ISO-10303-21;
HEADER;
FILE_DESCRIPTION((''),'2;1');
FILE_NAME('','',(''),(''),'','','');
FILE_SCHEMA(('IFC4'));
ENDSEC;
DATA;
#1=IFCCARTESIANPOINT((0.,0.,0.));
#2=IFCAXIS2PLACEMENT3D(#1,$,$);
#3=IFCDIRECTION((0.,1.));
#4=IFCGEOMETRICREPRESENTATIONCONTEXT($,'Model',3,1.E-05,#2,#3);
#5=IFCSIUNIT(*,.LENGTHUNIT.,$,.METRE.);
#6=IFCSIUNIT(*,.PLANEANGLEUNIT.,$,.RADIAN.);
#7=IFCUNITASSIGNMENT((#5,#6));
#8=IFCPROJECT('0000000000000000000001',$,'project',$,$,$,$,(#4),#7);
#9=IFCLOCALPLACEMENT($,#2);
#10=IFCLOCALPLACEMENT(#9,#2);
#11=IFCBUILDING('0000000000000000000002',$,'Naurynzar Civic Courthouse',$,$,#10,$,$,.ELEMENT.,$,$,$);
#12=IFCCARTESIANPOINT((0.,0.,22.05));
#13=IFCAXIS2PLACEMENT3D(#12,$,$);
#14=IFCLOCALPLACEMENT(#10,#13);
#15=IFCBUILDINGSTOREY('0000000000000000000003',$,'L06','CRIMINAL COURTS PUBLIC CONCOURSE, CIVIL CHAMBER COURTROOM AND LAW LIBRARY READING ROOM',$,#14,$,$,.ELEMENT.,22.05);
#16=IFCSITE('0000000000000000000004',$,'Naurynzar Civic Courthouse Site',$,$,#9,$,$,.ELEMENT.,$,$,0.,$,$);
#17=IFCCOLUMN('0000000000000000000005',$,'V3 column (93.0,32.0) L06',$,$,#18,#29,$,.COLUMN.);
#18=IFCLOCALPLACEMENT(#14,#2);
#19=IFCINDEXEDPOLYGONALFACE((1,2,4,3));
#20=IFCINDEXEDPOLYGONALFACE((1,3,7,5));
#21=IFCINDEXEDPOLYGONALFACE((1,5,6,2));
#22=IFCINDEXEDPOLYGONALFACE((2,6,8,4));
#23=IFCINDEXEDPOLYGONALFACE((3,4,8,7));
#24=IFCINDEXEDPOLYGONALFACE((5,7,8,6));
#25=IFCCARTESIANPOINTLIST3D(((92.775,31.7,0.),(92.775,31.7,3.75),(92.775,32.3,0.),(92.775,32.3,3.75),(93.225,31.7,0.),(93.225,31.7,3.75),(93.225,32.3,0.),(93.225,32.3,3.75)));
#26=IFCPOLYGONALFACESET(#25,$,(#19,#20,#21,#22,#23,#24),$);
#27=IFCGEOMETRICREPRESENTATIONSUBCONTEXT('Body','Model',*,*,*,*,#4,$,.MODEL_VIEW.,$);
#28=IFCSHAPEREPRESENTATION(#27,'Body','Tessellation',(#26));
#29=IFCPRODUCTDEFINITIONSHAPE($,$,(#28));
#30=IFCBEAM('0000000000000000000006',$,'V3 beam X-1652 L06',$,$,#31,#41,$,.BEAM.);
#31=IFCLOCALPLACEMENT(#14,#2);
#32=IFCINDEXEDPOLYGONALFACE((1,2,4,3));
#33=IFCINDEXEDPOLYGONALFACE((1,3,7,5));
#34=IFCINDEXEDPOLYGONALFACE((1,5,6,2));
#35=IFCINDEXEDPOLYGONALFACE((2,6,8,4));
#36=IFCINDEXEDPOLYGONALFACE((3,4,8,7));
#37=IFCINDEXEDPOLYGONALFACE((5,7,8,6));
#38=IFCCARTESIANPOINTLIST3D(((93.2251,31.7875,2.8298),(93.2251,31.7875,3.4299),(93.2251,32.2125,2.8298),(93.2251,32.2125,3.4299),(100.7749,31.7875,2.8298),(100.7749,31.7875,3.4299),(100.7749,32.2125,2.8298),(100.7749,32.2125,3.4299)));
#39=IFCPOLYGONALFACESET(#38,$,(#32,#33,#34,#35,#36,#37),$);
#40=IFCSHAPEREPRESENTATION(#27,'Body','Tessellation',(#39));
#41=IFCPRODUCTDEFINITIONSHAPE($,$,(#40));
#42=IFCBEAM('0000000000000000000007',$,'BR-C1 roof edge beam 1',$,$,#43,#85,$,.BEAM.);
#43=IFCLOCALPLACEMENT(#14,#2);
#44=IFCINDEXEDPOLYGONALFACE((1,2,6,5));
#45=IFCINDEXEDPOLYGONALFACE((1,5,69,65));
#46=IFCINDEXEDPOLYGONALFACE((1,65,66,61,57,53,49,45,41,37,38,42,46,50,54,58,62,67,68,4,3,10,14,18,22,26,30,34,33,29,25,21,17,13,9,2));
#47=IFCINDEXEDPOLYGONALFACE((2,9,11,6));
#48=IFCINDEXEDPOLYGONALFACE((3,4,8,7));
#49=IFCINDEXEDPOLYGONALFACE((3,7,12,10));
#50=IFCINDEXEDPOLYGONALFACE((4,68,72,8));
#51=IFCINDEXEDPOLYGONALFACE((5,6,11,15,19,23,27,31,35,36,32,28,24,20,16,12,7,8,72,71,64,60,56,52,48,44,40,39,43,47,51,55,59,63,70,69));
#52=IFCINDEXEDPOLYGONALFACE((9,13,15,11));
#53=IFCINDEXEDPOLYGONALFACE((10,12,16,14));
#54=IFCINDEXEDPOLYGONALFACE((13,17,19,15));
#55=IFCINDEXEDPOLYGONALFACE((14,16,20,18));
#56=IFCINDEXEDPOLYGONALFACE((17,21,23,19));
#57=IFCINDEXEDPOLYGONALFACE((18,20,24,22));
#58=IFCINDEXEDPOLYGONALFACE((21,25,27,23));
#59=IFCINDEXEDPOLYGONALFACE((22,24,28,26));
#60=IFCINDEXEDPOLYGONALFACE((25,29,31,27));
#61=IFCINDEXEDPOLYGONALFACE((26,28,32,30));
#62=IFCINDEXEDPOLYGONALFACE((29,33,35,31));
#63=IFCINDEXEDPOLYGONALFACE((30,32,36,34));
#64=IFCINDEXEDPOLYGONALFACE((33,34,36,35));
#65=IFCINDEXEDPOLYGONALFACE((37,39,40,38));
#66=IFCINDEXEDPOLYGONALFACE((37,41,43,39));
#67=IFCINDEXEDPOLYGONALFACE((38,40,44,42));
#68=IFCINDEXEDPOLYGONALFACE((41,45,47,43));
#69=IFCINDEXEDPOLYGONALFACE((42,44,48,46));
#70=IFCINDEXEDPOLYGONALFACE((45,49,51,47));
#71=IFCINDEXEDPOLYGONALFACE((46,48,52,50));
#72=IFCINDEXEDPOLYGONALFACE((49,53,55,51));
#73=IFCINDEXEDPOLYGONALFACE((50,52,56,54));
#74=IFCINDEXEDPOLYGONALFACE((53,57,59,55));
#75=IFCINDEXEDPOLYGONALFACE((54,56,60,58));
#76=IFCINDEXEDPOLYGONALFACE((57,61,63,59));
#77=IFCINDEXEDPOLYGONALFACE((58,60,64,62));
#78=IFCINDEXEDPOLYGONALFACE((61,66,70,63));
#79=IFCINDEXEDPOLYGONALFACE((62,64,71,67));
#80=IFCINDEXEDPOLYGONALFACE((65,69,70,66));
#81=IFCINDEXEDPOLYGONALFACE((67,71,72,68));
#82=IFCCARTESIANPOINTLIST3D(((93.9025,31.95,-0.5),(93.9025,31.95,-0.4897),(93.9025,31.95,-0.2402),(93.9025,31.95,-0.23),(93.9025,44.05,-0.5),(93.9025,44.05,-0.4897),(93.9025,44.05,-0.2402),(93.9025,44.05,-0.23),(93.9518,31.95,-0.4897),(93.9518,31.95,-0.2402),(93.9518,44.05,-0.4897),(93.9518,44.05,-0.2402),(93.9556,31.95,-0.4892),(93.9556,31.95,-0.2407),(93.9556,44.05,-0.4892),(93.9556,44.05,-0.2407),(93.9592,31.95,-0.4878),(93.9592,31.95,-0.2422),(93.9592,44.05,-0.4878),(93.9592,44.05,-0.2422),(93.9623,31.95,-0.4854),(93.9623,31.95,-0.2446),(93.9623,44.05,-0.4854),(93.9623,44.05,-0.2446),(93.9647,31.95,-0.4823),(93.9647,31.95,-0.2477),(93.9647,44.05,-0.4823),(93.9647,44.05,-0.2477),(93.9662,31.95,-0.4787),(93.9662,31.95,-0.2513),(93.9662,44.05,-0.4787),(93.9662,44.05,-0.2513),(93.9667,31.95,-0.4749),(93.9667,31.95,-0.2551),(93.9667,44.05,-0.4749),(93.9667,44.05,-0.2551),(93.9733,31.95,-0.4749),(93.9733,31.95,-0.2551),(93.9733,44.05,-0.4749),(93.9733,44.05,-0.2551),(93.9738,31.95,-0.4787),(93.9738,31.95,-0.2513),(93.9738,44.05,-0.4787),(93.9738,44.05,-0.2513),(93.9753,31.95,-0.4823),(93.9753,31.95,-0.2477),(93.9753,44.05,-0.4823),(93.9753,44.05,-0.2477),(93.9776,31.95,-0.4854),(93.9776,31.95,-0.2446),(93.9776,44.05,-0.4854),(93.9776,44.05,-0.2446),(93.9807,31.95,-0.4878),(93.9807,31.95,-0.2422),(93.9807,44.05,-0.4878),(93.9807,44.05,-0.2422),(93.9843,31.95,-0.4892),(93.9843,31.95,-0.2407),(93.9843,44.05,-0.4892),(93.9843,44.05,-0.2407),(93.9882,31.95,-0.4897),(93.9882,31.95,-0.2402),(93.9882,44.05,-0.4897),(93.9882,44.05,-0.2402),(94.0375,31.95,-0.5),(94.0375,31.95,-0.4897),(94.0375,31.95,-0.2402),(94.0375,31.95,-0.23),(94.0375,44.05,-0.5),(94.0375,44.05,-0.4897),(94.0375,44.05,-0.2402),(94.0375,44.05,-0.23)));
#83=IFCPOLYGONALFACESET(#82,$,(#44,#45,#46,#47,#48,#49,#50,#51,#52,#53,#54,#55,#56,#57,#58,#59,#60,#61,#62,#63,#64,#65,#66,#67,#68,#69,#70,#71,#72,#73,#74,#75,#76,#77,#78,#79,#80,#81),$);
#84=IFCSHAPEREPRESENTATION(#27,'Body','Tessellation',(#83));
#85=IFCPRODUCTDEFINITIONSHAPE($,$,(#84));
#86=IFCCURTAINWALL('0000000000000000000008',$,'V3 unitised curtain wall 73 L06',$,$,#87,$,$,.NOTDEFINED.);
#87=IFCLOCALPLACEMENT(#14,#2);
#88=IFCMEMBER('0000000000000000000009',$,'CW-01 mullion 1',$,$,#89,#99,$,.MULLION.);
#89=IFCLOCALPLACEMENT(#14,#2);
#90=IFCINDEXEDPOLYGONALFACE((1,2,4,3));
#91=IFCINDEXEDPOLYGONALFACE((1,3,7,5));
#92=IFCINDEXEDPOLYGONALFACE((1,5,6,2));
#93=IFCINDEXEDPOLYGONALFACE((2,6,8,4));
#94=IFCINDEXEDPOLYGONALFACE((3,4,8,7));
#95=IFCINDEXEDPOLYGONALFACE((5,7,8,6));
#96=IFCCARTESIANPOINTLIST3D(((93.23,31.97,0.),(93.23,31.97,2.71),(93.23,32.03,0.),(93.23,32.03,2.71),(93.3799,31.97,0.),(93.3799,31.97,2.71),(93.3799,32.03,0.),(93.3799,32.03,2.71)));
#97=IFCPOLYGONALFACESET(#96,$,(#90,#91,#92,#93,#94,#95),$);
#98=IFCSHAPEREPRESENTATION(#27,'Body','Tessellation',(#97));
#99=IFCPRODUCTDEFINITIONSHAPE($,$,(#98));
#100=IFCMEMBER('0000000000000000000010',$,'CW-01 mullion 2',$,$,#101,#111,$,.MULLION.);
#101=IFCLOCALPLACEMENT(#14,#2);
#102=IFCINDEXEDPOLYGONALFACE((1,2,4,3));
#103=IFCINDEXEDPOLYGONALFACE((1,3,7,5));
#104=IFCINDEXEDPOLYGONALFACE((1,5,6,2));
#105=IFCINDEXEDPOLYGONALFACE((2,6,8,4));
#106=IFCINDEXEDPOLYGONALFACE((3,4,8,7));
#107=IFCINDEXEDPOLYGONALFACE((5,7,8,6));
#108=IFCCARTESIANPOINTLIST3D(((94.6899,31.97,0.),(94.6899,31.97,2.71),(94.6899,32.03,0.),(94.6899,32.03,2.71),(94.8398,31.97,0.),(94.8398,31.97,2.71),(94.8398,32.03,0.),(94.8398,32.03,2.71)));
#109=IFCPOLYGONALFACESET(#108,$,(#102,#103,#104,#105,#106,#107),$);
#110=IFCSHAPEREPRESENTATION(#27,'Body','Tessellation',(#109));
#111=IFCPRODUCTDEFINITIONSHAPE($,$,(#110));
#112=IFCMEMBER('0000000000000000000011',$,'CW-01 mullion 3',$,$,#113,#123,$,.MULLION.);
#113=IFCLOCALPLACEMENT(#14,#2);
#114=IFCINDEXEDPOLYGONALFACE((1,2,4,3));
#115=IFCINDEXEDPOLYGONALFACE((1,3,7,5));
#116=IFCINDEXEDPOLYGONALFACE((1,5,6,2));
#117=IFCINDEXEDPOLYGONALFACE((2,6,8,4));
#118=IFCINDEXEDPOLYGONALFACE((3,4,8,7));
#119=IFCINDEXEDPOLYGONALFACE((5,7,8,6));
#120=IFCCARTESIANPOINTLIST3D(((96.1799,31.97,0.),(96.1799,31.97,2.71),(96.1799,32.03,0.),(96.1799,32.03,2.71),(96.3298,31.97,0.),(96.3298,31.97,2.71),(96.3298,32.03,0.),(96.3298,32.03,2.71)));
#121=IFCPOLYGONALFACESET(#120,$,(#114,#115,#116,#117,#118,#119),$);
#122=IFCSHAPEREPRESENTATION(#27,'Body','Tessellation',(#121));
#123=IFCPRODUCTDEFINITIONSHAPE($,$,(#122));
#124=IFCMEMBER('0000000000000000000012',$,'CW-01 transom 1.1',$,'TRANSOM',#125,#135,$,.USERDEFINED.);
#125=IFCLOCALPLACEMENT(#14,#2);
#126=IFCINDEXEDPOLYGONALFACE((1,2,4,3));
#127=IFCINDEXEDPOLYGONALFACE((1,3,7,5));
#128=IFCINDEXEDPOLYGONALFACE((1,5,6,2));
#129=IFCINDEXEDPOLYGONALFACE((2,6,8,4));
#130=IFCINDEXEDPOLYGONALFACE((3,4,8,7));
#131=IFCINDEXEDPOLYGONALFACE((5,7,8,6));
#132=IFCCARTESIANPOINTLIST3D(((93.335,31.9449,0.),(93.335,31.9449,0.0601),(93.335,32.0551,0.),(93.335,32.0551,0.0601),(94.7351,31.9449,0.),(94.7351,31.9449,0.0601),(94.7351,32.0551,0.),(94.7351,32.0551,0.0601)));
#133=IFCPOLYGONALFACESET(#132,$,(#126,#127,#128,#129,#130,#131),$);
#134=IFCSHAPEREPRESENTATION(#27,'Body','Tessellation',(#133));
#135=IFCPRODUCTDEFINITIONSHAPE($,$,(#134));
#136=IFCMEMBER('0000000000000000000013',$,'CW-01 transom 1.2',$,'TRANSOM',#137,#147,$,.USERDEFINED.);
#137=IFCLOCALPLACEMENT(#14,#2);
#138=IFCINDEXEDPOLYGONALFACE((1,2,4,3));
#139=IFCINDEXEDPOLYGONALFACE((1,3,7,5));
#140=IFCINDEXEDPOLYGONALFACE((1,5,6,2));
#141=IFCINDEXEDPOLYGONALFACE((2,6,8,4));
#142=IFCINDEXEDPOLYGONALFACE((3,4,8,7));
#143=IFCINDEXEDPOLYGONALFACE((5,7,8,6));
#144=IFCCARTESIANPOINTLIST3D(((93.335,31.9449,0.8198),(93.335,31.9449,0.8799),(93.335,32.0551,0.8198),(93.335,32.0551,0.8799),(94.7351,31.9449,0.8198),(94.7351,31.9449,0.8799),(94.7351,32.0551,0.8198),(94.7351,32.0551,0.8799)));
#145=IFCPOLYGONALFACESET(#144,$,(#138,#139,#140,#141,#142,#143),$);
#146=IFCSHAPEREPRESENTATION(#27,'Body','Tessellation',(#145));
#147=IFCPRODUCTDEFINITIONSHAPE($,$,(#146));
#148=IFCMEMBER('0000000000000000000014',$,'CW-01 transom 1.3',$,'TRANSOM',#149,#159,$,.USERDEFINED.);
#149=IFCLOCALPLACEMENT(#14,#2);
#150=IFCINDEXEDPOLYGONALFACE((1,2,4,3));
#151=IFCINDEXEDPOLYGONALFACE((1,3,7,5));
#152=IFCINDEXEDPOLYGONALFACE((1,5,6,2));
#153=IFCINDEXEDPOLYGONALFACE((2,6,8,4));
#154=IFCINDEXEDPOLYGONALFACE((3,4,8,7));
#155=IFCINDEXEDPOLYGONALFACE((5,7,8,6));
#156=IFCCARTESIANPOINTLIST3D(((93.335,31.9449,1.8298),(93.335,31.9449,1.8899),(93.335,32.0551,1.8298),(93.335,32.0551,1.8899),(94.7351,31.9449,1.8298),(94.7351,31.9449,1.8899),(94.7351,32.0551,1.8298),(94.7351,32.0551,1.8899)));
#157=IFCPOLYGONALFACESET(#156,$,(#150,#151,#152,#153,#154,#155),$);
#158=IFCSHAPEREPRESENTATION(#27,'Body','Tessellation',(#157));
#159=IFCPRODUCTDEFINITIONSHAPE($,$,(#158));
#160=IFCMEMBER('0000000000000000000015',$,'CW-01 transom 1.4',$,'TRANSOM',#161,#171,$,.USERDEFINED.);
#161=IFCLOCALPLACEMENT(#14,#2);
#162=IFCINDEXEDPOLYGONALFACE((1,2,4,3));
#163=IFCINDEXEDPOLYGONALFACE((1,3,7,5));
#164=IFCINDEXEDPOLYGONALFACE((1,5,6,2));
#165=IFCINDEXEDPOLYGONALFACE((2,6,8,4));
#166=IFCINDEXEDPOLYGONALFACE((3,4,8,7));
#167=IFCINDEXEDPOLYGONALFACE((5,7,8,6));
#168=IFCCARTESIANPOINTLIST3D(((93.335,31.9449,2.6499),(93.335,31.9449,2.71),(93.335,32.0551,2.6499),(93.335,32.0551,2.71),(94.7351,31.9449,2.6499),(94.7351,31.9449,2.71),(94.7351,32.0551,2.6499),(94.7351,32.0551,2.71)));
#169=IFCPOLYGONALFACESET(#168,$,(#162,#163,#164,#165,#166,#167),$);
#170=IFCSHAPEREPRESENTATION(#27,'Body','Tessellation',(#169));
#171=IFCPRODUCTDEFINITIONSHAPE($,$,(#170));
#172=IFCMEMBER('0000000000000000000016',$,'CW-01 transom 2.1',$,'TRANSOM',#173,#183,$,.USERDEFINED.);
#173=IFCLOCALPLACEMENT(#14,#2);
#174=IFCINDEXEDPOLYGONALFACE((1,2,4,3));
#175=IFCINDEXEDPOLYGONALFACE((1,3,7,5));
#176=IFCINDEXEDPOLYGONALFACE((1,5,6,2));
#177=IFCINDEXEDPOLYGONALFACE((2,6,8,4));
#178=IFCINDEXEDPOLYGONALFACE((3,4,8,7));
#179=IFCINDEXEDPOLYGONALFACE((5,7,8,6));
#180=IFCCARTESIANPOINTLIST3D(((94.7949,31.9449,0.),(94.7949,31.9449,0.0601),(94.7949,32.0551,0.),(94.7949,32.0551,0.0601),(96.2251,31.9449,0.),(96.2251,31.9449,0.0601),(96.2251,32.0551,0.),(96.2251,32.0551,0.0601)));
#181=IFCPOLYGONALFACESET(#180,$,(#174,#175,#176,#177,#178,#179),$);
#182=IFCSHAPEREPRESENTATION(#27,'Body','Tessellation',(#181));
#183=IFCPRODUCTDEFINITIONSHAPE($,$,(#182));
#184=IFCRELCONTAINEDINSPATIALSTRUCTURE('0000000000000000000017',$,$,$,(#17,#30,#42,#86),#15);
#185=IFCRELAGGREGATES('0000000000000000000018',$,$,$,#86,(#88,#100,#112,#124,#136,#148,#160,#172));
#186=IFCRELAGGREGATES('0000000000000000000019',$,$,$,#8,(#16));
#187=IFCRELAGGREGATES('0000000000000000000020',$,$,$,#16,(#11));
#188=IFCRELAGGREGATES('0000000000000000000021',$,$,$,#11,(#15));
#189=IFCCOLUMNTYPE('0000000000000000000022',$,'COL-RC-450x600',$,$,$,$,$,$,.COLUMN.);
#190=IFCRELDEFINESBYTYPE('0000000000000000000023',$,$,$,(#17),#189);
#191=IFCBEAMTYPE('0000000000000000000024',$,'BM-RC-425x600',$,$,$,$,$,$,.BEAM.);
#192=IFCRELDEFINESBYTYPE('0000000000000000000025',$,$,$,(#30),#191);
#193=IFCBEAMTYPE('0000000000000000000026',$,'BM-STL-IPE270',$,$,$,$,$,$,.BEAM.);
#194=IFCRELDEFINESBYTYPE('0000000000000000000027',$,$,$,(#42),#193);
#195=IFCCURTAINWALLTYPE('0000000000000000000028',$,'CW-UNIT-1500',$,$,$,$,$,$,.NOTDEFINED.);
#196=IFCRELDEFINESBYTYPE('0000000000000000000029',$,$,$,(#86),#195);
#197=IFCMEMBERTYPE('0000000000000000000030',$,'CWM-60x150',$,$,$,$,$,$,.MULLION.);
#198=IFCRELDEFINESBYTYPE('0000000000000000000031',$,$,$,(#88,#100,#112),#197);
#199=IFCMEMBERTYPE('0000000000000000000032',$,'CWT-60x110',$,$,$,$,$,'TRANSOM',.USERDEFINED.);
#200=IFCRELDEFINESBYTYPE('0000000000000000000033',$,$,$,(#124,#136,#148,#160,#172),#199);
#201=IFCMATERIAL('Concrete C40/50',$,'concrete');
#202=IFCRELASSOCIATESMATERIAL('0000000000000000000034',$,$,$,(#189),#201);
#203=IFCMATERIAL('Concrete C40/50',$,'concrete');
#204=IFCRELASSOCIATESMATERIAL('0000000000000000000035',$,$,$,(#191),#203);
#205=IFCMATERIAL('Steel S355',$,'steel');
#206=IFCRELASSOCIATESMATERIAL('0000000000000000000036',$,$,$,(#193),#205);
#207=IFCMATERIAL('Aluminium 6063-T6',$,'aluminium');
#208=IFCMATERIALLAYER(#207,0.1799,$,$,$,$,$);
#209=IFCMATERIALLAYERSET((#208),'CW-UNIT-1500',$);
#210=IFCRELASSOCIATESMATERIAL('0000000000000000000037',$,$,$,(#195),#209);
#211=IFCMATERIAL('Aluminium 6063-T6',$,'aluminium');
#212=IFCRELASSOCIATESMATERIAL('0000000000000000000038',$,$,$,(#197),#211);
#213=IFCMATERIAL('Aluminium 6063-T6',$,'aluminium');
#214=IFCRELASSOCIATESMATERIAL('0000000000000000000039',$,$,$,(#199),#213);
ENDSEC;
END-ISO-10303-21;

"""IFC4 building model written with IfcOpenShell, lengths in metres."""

from ifc_helpers import new_model, si_unit, direction, frame, origin, origin_2d, place, context, subcontext, project, spatial, rectangle, i_section, extrude, material, layer, layer_set, material_profile, profile_set, type_object, element, aggregate, save


model = new_model("IFC4")

# Units and contexts
model_context = context("Model", 3, precision=1e-05, world=origin(), true_north=direction((0.0, 1.0)))
body_context = subcontext(model_context, "Body", "Model", "MODEL_VIEW")
ifc_project = project(units=[si_unit("LENGTHUNIT", "METRE"), si_unit("PLANEANGLEUNIT", "RADIAN")], contexts=[model_context])

# Site, building, storey
site_placement = place(None, origin())
site = spatial("IfcSite", under=ifc_project, at=site_placement, Name="Naurynzar Civic Courthouse Site", CompositionType="ELEMENT", RefElevation=0.0)
building_placement = place(site_placement, origin())
building = spatial("IfcBuilding", under=site, at=building_placement, Name="Naurynzar Civic Courthouse", CompositionType="ELEMENT")
storey_placement = place(building_placement, frame((0.0, 0.0, 22.05)))
storey = spatial("IfcBuildingStorey", under=building, at=storey_placement, Name="L06", Description="CRIMINAL COURTS PUBLIC CONCOURSE, CIVIL CHAMBER COURTROOM AND LAW LIBRARY READING ROOM", CompositionType="ELEMENT", Elevation=22.05)

# Column
ifc_material_1 = material(Name="Concrete C40/50", Category="concrete")
ifc_material_profile_1 = material_profile(ifc_material_1, rectangle(XDim=0.45, YDim=0.6001, at=origin_2d()), Name="RC 450x600")
ifc_profile_set_1 = profile_set([ifc_material_profile_1], Name="Concrete C40/50")
column_type = type_object("IfcColumnType", Name="COL-RC-450x600", PredefinedType="COLUMN", material=ifc_profile_set_1)
column_placement = place(storey_placement, frame((93.0, 32.0, 0.0), z_axis=(0.0, 0.0, 1.0), x_axis=(1.0, 0.0, 0.0)))
element("IfcColumn", 1, at=column_placement, inside=storey, type_object=column_type, Name="V3 column (93.0,32.0) L06", PredefinedType="COLUMN", context=body_context, shape_type="SweptSolid", body=[
    extrude(rectangle(XDim=0.45, YDim=0.6001, at=origin_2d()), origin(), (0.0, 0.0, 1.0), 3.75),
])

# Beams
ifc_material_2 = material(Name="Concrete C40/50", Category="concrete")
ifc_material_profile_2 = material_profile(ifc_material_2, rectangle(XDim=0.425, YDim=0.6001, at=origin_2d()), Name="RCB 425x600")
ifc_profile_set_2 = profile_set([ifc_material_profile_2], Name="Concrete C40/50")
beam_type_1 = type_object("IfcBeamType", Name="BM-RC-425x600", PredefinedType="BEAM", material=ifc_profile_set_2)
beam_1_placement = place(storey_placement, frame((93.2251, 32.0, 3.1299), z_axis=(1.0, 0.0, 0.0), x_axis=(0.0, 1.0, 0.0)))
element("IfcBeam", 2, at=beam_1_placement, inside=storey, type_object=beam_type_1, Name="V3 beam X-1652 L06", PredefinedType="BEAM", context=body_context, shape_type="SweptSolid", body=[
    extrude(rectangle(XDim=0.425, YDim=0.6001, at=origin_2d()), origin(), (0.0, 0.0, 1.0), 7.5498),
])
ifc_material_3 = material(Name="Steel S355", Category="steel")
ifc_material_profile_3 = material_profile(ifc_material_3, i_section(OverallWidth=0.135, OverallDepth=0.27, WebThickness=0.0066, FlangeThickness=0.0103, FilletRadius=0.0149, at=origin_2d()), Name="IPE 270")
ifc_profile_set_3 = profile_set([ifc_material_profile_3], Name="Steel S355")
beam_type_2 = type_object("IfcBeamType", Name="BM-STL-IPE270", PredefinedType="BEAM", material=ifc_profile_set_3)
beam_2_placement = place(storey_placement, frame((93.97, 31.95, -0.365), z_axis=(0.0, 1.0, 0.0), x_axis=(-1.0, 0.0, 0.0)))
element("IfcBeam", 3, at=beam_2_placement, inside=storey, type_object=beam_type_2, Name="BR-C1 roof edge beam 1", PredefinedType="BEAM", context=body_context, shape_type="SweptSolid", body=[
    extrude(i_section(OverallWidth=0.135, OverallDepth=0.27, WebThickness=0.0066, FlangeThickness=0.0103, FilletRadius=0.0149, at=origin_2d()), origin(), (0.0, 0.0, 1.0), 12.1001),
])

# Curtain wall, members
ifc_material_4 = material(Name="Aluminium 6063-T6", Category="aluminium")
ifc_layer_1 = layer(ifc_material_4, 0.1799)
ifc_layer_set_1 = layer_set([ifc_layer_1], Name="CW-UNIT-1500")
curtain_wall_type = type_object("IfcCurtainWallType", Name="CW-UNIT-1500", PredefinedType="NOTDEFINED", material=ifc_layer_set_1)
curtain_wall_placement = place(storey_placement, origin())
curtain_wall = element("IfcCurtainWall", 4, at=curtain_wall_placement, inside=storey, type_object=curtain_wall_type, Name="V3 unitised curtain wall 73 L06", PredefinedType="NOTDEFINED")
ifc_material_5 = material(Name="Aluminium 6063-T6", Category="aluminium")
ifc_material_profile_4 = material_profile(ifc_material_5, rectangle(XDim=0.0601, YDim=0.1499, at=origin_2d()), Name="ALU MULLION 60x150")
ifc_profile_set_4 = profile_set([ifc_material_profile_4], Name="Aluminium 6063-T6")
member_type_1 = type_object("IfcMemberType", Name="CWM-60x150", PredefinedType="MULLION", material=ifc_profile_set_4)
member_1_placement = place(storey_placement, frame((93.3049, 32.0, 0.0), z_axis=(0.0, 0.0, 1.0), x_axis=(0.0, 1.0, 0.0)))
member_1 = element("IfcMember", 5, at=member_1_placement, type_object=member_type_1, Name="CW-01 mullion 1", PredefinedType="MULLION", context=body_context, shape_type="SweptSolid", body=[
    extrude(rectangle(XDim=0.0601, YDim=0.1499, at=origin_2d()), origin(), (0.0, 0.0, 1.0), 2.71),
])
member_2_placement = place(storey_placement, frame((94.7649, 32.0, 0.0), z_axis=(0.0, 0.0, 1.0), x_axis=(0.0, 1.0, 0.0)))
member_2 = element("IfcMember", 6, at=member_2_placement, type_object=member_type_1, Name="CW-01 mullion 2", PredefinedType="MULLION", context=body_context, shape_type="SweptSolid", body=[
    extrude(rectangle(XDim=0.0601, YDim=0.1499, at=origin_2d()), origin(), (0.0, 0.0, 1.0), 2.71),
])
member_3_placement = place(storey_placement, frame((96.2549, 32.0, 0.0), z_axis=(0.0, 0.0, 1.0), x_axis=(0.0, 1.0, 0.0)))
member_3 = element("IfcMember", 7, at=member_3_placement, type_object=member_type_1, Name="CW-01 mullion 3", PredefinedType="MULLION", context=body_context, shape_type="SweptSolid", body=[
    extrude(rectangle(XDim=0.0601, YDim=0.1499, at=origin_2d()), origin(), (0.0, 0.0, 1.0), 2.71),
])
ifc_material_6 = material(Name="Aluminium 6063-T6", Category="aluminium")
ifc_material_profile_5 = material_profile(ifc_material_6, rectangle(XDim=0.1101, YDim=0.0601, at=origin_2d()), Name="ALU TRANSOM 60x110")
ifc_profile_set_5 = profile_set([ifc_material_profile_5], Name="Aluminium 6063-T6")
member_type_2 = type_object("IfcMemberType", Name="CWT-60x110", ElementType="TRANSOM", PredefinedType="USERDEFINED", material=ifc_profile_set_5)
member_4_placement = place(storey_placement, frame((93.335, 32.0, 0.03), z_axis=(1.0, 0.0, 0.0), x_axis=(0.0, 1.0, 0.0)))
member_4 = element("IfcMember", 8, at=member_4_placement, type_object=member_type_2, Name="CW-01 transom 1.1", ObjectType="TRANSOM", PredefinedType="USERDEFINED", context=body_context, shape_type="SweptSolid", body=[
    extrude(rectangle(XDim=0.1101, YDim=0.0601, at=origin_2d()), origin(), (0.0, 0.0, 1.0), 1.4001),
])
member_5_placement = place(storey_placement, frame((93.335, 32.0, 0.8499), z_axis=(1.0, 0.0, 0.0), x_axis=(0.0, 1.0, 0.0)))
member_5 = element("IfcMember", 9, at=member_5_placement, type_object=member_type_2, Name="CW-01 transom 1.2", ObjectType="TRANSOM", PredefinedType="USERDEFINED", context=body_context, shape_type="SweptSolid", body=[
    extrude(rectangle(XDim=0.1101, YDim=0.0601, at=origin_2d()), origin(), (0.0, 0.0, 1.0), 1.4001),
])
member_6_placement = place(storey_placement, frame((93.335, 32.0, 1.8599), z_axis=(1.0, 0.0, 0.0), x_axis=(0.0, 1.0, 0.0)))
member_6 = element("IfcMember", 10, at=member_6_placement, type_object=member_type_2, Name="CW-01 transom 1.3", ObjectType="TRANSOM", PredefinedType="USERDEFINED", context=body_context, shape_type="SweptSolid", body=[
    extrude(rectangle(XDim=0.1101, YDim=0.0601, at=origin_2d()), origin(), (0.0, 0.0, 1.0), 1.4001),
])
member_7_placement = place(storey_placement, frame((93.335, 32.0, 2.6799), z_axis=(1.0, 0.0, 0.0), x_axis=(0.0, 1.0, 0.0)))
member_7 = element("IfcMember", 11, at=member_7_placement, type_object=member_type_2, Name="CW-01 transom 1.4", ObjectType="TRANSOM", PredefinedType="USERDEFINED", context=body_context, shape_type="SweptSolid", body=[
    extrude(rectangle(XDim=0.1101, YDim=0.0601, at=origin_2d()), origin(), (0.0, 0.0, 1.0), 1.4001),
])
member_8_placement = place(storey_placement, frame((94.7949, 32.0, 0.03), z_axis=(1.0, 0.0, 0.0), x_axis=(0.0, 1.0, 0.0)))
member_8 = element("IfcMember", 12, at=member_8_placement, type_object=member_type_2, Name="CW-01 transom 2.1", ObjectType="TRANSOM", PredefinedType="USERDEFINED", context=body_context, shape_type="SweptSolid", body=[
    extrude(rectangle(XDim=0.1101, YDim=0.0601, at=origin_2d()), origin(), (0.0, 0.0, 1.0), 1.4302),
])

aggregate(curtain_wall, [member_1, member_2, member_3, member_4, member_5, member_6, member_7, member_8])

save(model, "model.ifc")
